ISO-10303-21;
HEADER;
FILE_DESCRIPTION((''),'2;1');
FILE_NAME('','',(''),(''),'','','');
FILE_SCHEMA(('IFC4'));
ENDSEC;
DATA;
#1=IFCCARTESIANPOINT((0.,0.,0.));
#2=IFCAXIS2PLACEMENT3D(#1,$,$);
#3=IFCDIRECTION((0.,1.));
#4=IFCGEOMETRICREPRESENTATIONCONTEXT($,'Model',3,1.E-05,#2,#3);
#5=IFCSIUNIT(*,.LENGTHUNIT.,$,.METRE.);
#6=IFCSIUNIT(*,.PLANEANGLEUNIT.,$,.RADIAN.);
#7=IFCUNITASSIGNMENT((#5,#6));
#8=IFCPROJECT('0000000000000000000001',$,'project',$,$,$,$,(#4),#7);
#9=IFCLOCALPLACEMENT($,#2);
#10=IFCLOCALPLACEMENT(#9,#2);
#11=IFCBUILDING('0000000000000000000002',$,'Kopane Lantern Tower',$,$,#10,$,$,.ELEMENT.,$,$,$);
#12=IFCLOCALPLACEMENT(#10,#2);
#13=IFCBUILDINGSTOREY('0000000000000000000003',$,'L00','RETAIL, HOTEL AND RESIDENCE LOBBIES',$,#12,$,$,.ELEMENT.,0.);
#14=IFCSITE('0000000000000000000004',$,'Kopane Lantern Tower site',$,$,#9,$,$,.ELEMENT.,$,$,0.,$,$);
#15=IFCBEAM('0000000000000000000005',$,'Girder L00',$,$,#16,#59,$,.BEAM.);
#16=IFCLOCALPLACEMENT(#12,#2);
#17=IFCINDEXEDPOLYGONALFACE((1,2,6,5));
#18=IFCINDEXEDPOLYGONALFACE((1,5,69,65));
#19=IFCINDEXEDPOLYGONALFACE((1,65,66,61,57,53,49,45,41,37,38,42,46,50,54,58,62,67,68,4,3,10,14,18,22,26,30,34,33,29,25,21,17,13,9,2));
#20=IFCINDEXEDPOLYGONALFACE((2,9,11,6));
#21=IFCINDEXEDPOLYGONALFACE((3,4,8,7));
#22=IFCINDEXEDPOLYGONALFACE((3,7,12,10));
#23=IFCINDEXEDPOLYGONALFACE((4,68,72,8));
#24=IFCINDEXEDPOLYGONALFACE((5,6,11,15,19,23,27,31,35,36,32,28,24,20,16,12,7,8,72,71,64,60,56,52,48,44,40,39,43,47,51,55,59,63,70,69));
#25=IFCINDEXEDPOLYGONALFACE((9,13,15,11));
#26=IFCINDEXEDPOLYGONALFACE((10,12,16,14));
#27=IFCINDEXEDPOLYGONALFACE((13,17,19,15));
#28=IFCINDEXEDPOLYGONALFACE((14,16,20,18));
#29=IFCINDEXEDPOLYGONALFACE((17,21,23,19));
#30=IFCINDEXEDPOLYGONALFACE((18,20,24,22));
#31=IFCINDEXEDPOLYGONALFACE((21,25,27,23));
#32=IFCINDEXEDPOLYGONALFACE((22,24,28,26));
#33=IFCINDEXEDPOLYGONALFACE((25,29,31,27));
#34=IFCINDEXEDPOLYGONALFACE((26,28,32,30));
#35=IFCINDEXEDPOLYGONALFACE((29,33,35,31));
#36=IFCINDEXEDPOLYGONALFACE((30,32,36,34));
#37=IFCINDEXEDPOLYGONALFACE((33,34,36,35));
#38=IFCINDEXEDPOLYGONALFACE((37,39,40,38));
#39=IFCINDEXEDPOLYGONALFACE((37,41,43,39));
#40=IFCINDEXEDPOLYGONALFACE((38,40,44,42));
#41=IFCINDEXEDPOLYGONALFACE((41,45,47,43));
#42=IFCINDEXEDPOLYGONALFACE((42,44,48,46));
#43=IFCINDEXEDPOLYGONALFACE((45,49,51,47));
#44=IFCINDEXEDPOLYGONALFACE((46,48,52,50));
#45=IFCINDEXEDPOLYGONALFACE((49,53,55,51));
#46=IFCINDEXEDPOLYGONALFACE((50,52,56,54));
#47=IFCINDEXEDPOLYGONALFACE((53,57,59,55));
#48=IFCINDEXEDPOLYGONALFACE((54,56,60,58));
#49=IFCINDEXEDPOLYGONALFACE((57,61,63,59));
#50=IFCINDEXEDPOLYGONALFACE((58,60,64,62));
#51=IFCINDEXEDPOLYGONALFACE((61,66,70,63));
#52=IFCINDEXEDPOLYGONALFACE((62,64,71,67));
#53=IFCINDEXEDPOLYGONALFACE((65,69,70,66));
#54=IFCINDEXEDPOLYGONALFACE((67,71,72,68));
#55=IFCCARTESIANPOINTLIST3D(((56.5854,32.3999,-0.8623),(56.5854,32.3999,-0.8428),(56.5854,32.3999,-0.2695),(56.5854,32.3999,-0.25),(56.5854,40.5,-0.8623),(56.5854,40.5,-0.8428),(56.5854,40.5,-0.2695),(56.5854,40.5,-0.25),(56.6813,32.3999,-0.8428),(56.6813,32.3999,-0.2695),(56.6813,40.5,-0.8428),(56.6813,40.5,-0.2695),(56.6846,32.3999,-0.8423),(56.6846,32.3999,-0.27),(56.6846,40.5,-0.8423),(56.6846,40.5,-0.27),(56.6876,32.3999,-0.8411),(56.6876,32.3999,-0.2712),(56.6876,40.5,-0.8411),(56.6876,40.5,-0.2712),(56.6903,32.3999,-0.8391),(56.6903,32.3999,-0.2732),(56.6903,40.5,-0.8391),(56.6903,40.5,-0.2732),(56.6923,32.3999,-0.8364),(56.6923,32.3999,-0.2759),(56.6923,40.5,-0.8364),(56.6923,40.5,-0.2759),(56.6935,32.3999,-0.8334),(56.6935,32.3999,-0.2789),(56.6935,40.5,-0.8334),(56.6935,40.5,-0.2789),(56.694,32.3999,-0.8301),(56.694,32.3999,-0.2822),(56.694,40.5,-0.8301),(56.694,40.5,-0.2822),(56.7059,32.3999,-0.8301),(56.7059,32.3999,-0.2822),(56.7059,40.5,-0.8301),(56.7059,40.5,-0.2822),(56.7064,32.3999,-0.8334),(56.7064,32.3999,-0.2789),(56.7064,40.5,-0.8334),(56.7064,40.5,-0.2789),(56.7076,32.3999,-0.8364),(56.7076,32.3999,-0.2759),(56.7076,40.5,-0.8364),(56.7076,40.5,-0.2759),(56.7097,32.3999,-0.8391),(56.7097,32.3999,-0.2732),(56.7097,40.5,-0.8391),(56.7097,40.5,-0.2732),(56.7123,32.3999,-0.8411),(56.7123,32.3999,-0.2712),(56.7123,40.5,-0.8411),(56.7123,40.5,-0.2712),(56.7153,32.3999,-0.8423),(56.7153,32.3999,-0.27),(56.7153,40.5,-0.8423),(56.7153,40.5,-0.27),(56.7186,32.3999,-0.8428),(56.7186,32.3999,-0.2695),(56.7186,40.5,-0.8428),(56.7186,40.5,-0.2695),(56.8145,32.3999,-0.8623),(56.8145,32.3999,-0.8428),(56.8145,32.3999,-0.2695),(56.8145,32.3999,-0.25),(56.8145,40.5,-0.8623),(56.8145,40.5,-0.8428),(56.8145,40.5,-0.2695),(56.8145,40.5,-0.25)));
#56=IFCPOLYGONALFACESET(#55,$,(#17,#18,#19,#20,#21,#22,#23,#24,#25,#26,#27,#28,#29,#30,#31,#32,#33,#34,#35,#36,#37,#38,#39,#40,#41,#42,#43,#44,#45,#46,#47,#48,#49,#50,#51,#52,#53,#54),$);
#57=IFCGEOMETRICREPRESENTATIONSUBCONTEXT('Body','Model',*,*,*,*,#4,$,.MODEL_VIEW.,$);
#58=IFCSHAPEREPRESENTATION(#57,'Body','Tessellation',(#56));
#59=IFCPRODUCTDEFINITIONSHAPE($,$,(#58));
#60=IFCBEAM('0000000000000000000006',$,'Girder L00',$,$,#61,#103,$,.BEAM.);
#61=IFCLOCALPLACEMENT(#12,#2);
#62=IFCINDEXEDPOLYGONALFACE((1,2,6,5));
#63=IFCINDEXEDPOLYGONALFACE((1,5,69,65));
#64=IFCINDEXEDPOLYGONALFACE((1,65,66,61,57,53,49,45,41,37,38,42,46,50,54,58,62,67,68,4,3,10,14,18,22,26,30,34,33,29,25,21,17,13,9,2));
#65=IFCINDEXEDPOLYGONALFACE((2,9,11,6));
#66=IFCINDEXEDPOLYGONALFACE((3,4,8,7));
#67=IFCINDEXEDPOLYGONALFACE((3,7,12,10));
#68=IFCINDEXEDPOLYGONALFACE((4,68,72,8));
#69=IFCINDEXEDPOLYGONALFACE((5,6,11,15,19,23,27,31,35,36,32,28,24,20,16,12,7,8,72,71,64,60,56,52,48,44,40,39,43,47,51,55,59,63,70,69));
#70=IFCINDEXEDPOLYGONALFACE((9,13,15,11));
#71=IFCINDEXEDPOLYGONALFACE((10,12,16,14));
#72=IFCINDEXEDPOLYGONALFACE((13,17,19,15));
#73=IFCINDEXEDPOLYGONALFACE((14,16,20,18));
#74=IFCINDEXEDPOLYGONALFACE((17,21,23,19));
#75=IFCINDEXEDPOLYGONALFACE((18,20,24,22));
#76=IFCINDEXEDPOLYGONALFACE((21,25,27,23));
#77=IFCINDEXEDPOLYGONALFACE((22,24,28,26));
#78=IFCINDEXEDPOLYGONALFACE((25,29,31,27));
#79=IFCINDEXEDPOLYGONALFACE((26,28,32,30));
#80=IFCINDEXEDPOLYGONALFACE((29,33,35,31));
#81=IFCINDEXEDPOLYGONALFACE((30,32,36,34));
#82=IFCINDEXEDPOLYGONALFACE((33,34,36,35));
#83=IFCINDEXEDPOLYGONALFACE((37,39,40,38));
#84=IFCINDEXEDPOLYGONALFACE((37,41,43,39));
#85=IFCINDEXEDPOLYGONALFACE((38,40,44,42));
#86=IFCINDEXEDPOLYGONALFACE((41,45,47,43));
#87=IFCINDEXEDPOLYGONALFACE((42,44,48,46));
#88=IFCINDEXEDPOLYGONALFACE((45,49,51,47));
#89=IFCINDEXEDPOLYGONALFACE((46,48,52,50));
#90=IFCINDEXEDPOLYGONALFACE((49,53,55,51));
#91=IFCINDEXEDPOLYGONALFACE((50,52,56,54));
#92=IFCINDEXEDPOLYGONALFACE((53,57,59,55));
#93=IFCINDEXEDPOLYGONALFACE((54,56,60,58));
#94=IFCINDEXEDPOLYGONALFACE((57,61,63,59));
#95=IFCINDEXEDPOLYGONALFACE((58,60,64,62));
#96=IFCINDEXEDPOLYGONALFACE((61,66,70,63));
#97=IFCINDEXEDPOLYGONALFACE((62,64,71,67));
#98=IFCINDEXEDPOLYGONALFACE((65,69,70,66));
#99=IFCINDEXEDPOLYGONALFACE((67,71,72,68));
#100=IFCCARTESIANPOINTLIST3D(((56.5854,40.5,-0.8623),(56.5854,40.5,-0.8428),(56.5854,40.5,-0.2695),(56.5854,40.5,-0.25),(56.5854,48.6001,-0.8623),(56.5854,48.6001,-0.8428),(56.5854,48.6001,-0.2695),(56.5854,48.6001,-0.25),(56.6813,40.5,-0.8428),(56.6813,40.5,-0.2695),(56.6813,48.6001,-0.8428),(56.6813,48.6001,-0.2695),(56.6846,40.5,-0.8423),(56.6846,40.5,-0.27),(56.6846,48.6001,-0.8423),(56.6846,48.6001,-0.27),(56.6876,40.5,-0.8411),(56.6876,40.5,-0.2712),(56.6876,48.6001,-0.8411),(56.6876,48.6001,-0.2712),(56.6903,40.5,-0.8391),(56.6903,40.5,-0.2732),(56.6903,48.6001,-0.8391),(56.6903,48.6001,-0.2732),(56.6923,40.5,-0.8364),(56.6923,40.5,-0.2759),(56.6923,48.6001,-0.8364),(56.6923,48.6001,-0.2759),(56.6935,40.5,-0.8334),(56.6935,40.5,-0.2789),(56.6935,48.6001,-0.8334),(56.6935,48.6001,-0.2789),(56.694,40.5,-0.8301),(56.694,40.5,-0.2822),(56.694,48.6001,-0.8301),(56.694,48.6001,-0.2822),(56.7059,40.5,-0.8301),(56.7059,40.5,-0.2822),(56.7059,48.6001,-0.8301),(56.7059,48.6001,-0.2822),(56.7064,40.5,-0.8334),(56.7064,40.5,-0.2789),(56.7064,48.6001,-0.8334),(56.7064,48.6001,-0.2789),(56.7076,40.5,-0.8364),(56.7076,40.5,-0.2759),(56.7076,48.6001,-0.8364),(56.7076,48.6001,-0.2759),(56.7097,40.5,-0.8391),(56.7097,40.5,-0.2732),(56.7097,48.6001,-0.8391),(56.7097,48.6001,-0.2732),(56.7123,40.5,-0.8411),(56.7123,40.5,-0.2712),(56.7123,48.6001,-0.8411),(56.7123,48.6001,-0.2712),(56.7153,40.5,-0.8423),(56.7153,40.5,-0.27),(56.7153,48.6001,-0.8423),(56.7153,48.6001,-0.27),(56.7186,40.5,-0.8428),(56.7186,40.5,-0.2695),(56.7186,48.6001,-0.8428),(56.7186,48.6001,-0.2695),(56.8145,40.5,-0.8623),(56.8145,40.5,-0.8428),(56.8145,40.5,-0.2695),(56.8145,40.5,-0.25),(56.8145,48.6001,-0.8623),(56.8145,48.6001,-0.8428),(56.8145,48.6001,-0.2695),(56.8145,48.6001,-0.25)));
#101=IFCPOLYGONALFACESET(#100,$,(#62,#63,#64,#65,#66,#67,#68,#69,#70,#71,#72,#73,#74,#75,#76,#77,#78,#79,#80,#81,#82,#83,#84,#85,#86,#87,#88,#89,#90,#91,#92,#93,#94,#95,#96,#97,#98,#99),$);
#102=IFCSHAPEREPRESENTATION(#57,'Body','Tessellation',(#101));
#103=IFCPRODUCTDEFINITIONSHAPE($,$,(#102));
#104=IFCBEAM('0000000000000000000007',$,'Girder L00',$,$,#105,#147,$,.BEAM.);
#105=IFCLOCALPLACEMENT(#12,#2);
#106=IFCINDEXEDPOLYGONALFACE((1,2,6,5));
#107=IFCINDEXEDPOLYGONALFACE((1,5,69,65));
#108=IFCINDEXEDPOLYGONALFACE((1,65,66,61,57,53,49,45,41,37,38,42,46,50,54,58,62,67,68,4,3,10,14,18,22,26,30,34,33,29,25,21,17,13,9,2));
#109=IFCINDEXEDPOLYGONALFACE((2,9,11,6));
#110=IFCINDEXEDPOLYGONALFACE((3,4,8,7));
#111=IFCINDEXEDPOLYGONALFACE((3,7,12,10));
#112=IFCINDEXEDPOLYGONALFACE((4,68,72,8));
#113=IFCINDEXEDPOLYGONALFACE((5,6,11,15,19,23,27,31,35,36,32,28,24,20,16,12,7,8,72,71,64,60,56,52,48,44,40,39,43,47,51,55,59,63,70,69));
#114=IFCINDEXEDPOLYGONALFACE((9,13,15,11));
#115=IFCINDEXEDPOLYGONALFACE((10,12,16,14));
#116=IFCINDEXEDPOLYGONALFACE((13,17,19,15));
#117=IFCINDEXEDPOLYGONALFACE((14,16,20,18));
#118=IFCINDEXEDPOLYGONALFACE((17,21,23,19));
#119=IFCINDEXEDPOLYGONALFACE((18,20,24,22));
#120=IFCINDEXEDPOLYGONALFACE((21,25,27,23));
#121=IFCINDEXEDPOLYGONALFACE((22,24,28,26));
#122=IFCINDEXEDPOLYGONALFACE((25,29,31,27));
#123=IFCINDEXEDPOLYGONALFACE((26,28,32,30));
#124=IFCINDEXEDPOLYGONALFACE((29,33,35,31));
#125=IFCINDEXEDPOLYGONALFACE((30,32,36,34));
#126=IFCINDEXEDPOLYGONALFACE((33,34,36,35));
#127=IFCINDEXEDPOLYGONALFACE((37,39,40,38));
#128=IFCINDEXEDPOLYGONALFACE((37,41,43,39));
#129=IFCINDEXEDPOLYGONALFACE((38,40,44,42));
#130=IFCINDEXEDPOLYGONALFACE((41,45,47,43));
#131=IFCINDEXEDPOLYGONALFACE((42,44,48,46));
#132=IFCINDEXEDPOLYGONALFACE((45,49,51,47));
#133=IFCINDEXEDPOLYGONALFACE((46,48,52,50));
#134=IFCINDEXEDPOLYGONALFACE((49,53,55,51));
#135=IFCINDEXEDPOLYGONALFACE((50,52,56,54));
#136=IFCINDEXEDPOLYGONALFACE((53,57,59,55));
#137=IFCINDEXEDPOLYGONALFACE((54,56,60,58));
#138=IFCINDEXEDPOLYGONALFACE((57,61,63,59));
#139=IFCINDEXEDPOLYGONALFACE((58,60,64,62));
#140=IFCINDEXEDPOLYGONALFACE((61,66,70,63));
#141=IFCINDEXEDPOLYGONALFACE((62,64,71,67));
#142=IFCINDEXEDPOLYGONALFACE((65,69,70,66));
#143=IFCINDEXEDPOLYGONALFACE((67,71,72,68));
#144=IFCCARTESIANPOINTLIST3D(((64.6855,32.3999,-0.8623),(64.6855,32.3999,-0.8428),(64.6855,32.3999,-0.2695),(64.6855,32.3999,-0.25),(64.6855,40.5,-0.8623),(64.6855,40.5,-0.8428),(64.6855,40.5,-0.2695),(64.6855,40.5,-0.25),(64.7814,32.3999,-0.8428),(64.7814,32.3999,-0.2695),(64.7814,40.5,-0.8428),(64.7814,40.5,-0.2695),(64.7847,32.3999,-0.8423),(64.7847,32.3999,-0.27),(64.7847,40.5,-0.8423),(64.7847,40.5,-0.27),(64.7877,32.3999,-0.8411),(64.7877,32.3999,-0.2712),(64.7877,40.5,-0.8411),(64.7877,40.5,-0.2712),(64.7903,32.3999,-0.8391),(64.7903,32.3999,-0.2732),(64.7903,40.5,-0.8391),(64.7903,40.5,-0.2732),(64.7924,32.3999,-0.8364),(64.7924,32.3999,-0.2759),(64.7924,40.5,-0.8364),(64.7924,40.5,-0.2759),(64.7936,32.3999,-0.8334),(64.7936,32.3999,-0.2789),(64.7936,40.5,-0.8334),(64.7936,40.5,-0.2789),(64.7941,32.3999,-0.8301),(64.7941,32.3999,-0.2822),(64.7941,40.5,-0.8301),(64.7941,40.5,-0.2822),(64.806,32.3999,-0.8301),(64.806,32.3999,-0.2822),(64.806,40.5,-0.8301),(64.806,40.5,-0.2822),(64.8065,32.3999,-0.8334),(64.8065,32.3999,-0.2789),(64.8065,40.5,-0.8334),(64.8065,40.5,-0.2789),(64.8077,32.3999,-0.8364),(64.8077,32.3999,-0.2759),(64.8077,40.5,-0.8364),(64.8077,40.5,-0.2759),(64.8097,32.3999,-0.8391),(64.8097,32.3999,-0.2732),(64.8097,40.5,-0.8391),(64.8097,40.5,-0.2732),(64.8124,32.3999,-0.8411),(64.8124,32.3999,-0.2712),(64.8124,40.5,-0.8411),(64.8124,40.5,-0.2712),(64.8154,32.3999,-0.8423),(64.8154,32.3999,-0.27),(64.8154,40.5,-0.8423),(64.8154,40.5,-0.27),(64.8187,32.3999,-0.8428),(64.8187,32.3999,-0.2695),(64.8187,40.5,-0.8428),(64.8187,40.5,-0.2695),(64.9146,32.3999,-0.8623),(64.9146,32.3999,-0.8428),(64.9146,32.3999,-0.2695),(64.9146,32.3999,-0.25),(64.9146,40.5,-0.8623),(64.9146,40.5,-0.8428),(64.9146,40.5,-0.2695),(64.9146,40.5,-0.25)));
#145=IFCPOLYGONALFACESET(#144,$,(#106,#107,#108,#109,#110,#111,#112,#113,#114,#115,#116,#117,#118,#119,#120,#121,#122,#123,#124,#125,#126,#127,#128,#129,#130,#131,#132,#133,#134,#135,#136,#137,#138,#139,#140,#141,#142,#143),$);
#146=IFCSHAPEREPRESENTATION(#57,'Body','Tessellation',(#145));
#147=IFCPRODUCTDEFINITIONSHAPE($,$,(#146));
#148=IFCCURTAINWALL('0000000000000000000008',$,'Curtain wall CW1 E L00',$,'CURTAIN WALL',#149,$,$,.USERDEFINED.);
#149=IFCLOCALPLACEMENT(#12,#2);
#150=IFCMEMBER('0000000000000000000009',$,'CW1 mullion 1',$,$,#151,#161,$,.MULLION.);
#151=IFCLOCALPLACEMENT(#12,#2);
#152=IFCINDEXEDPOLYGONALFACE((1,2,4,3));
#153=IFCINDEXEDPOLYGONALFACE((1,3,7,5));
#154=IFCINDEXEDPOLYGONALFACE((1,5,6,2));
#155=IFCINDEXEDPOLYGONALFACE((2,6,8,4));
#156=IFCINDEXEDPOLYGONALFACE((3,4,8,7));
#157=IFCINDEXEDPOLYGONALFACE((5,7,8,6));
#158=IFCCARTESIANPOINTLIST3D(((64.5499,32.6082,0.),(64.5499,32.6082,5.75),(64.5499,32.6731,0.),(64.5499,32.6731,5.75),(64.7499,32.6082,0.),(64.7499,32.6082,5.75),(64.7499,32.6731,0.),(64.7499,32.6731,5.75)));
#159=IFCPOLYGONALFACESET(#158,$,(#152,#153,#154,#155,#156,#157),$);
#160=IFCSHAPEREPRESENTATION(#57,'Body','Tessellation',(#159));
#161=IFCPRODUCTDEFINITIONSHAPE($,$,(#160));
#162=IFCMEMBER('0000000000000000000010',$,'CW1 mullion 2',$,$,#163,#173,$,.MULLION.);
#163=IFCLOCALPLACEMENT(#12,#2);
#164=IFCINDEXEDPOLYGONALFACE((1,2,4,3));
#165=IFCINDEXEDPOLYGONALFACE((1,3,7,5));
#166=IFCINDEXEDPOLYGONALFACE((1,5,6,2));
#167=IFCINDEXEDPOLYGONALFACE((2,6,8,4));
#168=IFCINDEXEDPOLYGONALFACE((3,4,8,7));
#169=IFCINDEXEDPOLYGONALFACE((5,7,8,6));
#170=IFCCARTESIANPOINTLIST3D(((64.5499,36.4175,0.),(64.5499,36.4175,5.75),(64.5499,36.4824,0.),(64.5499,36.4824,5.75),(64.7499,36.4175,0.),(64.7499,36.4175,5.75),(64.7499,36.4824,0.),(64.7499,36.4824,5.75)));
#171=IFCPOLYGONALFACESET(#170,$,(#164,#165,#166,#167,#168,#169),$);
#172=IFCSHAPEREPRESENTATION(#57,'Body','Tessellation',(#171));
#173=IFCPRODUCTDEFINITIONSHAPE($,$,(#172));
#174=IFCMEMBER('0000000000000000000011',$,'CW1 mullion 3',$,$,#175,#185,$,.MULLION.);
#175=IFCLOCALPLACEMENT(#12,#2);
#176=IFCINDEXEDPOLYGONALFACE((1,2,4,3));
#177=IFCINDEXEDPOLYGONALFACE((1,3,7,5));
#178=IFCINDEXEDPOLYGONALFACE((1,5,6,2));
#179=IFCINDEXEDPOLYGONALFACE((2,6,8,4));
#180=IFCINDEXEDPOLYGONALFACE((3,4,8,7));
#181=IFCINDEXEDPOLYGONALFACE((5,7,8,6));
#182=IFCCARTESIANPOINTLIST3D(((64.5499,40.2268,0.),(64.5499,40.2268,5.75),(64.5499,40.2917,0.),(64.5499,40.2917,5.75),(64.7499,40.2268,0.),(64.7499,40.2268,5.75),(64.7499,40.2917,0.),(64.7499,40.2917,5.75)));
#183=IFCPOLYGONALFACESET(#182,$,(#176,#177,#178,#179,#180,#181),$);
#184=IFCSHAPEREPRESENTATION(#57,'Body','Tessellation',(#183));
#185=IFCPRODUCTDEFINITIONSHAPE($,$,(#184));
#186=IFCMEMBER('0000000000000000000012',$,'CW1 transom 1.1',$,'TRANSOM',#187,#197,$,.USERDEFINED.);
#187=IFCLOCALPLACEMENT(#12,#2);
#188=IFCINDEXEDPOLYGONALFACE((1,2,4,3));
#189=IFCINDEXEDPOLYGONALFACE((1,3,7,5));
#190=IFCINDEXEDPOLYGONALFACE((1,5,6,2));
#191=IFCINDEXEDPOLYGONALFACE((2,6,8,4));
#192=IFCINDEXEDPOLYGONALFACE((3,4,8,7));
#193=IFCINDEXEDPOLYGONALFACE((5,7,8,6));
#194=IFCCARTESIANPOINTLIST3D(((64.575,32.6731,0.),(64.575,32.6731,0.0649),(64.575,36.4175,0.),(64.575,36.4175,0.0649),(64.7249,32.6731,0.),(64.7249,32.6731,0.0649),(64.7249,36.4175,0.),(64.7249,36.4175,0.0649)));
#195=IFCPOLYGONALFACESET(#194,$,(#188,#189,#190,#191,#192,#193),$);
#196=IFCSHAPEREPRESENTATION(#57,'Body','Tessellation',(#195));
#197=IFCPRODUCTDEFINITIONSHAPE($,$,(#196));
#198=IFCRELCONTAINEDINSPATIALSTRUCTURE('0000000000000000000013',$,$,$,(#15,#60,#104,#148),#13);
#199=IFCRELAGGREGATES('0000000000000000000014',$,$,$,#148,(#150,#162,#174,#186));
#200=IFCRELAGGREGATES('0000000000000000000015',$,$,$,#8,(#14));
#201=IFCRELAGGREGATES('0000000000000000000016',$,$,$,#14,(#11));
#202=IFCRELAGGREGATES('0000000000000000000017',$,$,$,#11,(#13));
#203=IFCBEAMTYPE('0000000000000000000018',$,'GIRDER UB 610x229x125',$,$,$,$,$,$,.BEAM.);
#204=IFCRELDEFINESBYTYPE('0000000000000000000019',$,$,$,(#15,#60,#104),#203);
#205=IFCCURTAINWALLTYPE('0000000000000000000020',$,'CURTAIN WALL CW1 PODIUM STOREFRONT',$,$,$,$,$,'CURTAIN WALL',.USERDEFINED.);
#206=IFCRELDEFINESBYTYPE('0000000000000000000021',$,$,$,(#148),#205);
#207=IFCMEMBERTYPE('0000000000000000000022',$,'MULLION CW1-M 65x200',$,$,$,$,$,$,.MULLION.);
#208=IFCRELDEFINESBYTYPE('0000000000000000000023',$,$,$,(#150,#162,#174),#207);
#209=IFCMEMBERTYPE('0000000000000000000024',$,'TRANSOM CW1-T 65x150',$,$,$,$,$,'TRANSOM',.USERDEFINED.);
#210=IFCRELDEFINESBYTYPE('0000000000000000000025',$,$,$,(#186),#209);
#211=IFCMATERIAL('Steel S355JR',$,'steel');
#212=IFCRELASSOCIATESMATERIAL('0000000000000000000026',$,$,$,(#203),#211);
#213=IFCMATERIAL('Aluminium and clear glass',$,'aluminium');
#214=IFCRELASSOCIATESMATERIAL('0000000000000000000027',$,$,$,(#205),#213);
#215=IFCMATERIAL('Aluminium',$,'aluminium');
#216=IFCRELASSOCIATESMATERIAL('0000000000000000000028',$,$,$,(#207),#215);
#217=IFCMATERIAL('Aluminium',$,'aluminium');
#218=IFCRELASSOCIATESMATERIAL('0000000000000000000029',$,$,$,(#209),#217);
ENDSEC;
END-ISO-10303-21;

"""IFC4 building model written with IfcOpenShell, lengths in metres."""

from ifc_helpers import new_model, si_unit, direction, frame, origin, origin_2d, place, context, subcontext, project, spatial, rectangle, i_section, extrude, material, material_profile, profile_set, type_object, element, aggregate, save


model = new_model("IFC4")

# Units and contexts
model_context = context("Model", 3, precision=1e-05, world=origin(), true_north=direction((0.0, 1.0)))
body_context = subcontext(model_context, "Body", "Model", "MODEL_VIEW")
ifc_project = project(units=[si_unit("LENGTHUNIT", "METRE"), si_unit("PLANEANGLEUNIT", "RADIAN")], contexts=[model_context])

# Site, building, storey
site_placement = place(None, origin())
site = spatial("IfcSite", under=ifc_project, at=site_placement, Name="Kopane Lantern Tower site", CompositionType="ELEMENT", RefElevation=0.0)
building_placement = place(site_placement, origin())
building = spatial("IfcBuilding", under=site, at=building_placement, Name="Kopane Lantern Tower", CompositionType="ELEMENT")
storey_placement = place(building_placement, origin())
storey = spatial("IfcBuildingStorey", under=building, at=storey_placement, Name="L00", Description="RETAIL, HOTEL AND RESIDENCE LOBBIES", CompositionType="ELEMENT", Elevation=0.0)

# Beams
ifc_material_1 = material(Name="Steel S355JR", Category="steel")
ifc_material_profile_1 = material_profile(ifc_material_1, i_section(OverallWidth=0.229, OverallDepth=0.6123, WebThickness=0.012, FlangeThickness=0.0195, FilletRadius=0.0127, at=origin_2d()), Name="UB 610x229x125")
ifc_profile_set_1 = profile_set([ifc_material_profile_1], Name="Steel S355JR")
beam_type = type_object("IfcBeamType", Name="GIRDER UB 610x229x125", PredefinedType="BEAM", material=ifc_profile_set_1)
for number, where, z_axis, x_axis, name in (
    (1, (56.7, 32.3999, -0.5562), (0.0, 1.0, 0.0), (-1.0, 0.0, 0.0), "Girder L00"),
    (2, (56.7, 40.5, -0.5562), (0.0, 1.0, 0.0), (-1.0, 0.0, 0.0), "Girder L00"),
    (3, (64.8, 32.3999, -0.5562), (0.0, 1.0, 0.0), (-1.0, 0.0, 0.0), "Girder L00"),
):
    element("IfcBeam", number, at=place(storey_placement, frame(where, z_axis=z_axis, x_axis=x_axis)), inside=storey, type_object=beam_type, Name=name, PredefinedType="BEAM", context=body_context, shape_type="SweptSolid", body=[
        extrude(i_section(OverallWidth=0.229, OverallDepth=0.6123, WebThickness=0.012, FlangeThickness=0.0195, FilletRadius=0.0127, at=origin_2d()), origin(), (0.0, 0.0, 1.0), 8.1001),
    ])

# Curtain wall, members
ifc_material_2 = material(Name="Aluminium and clear glass", Category="aluminium")
curtain_wall_type = type_object("IfcCurtainWallType", Name="CURTAIN WALL CW1 PODIUM STOREFRONT", ElementType="CURTAIN WALL", PredefinedType="USERDEFINED", material=ifc_material_2)
curtain_wall_placement = place(storey_placement, origin())
curtain_wall = element("IfcCurtainWall", 4, at=curtain_wall_placement, inside=storey, type_object=curtain_wall_type, Name="Curtain wall CW1 E L00", ObjectType="CURTAIN WALL", PredefinedType="USERDEFINED")
ifc_material_3 = material(Name="Aluminium", Category="aluminium")
ifc_material_profile_2 = material_profile(ifc_material_3, rectangle(XDim=0.0649, YDim=0.2, at=origin_2d()), Name="AL 65x200")
ifc_profile_set_2 = profile_set([ifc_material_profile_2], Name="Aluminium")
member_type_1 = type_object("IfcMemberType", Name="MULLION CW1-M 65x200", PredefinedType="MULLION", material=ifc_profile_set_2)
member_1_placement = place(storey_placement, frame((64.6499, 32.6406, 0.0), z_axis=(0.0, 0.0, 1.0), x_axis=(0.0, 1.0, 0.0)))
member_1 = element("IfcMember", 5, at=member_1_placement, type_object=member_type_1, Name="CW1 mullion 1", PredefinedType="MULLION", context=body_context, shape_type="SweptSolid", body=[
    extrude(rectangle(XDim=0.0649, YDim=0.2, at=origin_2d()), origin(), (0.0, 0.0, 1.0), 5.75),
])
member_2_placement = place(storey_placement, frame((64.6499, 36.45, 0.0), z_axis=(0.0, 0.0, 1.0), x_axis=(0.0, 1.0, 0.0)))
member_2 = element("IfcMember", 6, at=member_2_placement, type_object=member_type_1, Name="CW1 mullion 2", PredefinedType="MULLION", context=body_context, shape_type="SweptSolid", body=[
    extrude(rectangle(XDim=0.0649, YDim=0.2, at=origin_2d()), origin(), (0.0, 0.0, 1.0), 5.75),
])
member_3_placement = place(storey_placement, frame((64.6499, 40.2593, 0.0), z_axis=(0.0, 0.0, 1.0), x_axis=(0.0, 1.0, 0.0)))
member_3 = element("IfcMember", 7, at=member_3_placement, type_object=member_type_1, Name="CW1 mullion 3", PredefinedType="MULLION", context=body_context, shape_type="SweptSolid", body=[
    extrude(rectangle(XDim=0.0649, YDim=0.2, at=origin_2d()), origin(), (0.0, 0.0, 1.0), 5.75),
])
ifc_material_4 = material(Name="Aluminium", Category="aluminium")
ifc_material_profile_3 = material_profile(ifc_material_4, rectangle(XDim=0.1499, YDim=0.0649, at=origin_2d()), Name="AL 150x65")
ifc_profile_set_3 = profile_set([ifc_material_profile_3], Name="Aluminium")
member_type_2 = type_object("IfcMemberType", Name="TRANSOM CW1-T 65x150", ElementType="TRANSOM", PredefinedType="USERDEFINED", material=ifc_profile_set_3)
member_4_placement = place(storey_placement, frame((64.6499, 32.6731, 0.0325), z_axis=(0.0, 1.0, 0.0), x_axis=(-1.0, 0.0, 0.0)))
member_4 = element("IfcMember", 8, at=member_4_placement, type_object=member_type_2, Name="CW1 transom 1.1", ObjectType="TRANSOM", PredefinedType="USERDEFINED", context=body_context, shape_type="SweptSolid", body=[
    extrude(rectangle(XDim=0.1499, YDim=0.0649, at=origin_2d()), origin(), (0.0, 0.0, 1.0), 3.7444),
])
aggregate(curtain_wall, [member_1, member_2, member_3, member_4])

save(model, "model.ifc")
